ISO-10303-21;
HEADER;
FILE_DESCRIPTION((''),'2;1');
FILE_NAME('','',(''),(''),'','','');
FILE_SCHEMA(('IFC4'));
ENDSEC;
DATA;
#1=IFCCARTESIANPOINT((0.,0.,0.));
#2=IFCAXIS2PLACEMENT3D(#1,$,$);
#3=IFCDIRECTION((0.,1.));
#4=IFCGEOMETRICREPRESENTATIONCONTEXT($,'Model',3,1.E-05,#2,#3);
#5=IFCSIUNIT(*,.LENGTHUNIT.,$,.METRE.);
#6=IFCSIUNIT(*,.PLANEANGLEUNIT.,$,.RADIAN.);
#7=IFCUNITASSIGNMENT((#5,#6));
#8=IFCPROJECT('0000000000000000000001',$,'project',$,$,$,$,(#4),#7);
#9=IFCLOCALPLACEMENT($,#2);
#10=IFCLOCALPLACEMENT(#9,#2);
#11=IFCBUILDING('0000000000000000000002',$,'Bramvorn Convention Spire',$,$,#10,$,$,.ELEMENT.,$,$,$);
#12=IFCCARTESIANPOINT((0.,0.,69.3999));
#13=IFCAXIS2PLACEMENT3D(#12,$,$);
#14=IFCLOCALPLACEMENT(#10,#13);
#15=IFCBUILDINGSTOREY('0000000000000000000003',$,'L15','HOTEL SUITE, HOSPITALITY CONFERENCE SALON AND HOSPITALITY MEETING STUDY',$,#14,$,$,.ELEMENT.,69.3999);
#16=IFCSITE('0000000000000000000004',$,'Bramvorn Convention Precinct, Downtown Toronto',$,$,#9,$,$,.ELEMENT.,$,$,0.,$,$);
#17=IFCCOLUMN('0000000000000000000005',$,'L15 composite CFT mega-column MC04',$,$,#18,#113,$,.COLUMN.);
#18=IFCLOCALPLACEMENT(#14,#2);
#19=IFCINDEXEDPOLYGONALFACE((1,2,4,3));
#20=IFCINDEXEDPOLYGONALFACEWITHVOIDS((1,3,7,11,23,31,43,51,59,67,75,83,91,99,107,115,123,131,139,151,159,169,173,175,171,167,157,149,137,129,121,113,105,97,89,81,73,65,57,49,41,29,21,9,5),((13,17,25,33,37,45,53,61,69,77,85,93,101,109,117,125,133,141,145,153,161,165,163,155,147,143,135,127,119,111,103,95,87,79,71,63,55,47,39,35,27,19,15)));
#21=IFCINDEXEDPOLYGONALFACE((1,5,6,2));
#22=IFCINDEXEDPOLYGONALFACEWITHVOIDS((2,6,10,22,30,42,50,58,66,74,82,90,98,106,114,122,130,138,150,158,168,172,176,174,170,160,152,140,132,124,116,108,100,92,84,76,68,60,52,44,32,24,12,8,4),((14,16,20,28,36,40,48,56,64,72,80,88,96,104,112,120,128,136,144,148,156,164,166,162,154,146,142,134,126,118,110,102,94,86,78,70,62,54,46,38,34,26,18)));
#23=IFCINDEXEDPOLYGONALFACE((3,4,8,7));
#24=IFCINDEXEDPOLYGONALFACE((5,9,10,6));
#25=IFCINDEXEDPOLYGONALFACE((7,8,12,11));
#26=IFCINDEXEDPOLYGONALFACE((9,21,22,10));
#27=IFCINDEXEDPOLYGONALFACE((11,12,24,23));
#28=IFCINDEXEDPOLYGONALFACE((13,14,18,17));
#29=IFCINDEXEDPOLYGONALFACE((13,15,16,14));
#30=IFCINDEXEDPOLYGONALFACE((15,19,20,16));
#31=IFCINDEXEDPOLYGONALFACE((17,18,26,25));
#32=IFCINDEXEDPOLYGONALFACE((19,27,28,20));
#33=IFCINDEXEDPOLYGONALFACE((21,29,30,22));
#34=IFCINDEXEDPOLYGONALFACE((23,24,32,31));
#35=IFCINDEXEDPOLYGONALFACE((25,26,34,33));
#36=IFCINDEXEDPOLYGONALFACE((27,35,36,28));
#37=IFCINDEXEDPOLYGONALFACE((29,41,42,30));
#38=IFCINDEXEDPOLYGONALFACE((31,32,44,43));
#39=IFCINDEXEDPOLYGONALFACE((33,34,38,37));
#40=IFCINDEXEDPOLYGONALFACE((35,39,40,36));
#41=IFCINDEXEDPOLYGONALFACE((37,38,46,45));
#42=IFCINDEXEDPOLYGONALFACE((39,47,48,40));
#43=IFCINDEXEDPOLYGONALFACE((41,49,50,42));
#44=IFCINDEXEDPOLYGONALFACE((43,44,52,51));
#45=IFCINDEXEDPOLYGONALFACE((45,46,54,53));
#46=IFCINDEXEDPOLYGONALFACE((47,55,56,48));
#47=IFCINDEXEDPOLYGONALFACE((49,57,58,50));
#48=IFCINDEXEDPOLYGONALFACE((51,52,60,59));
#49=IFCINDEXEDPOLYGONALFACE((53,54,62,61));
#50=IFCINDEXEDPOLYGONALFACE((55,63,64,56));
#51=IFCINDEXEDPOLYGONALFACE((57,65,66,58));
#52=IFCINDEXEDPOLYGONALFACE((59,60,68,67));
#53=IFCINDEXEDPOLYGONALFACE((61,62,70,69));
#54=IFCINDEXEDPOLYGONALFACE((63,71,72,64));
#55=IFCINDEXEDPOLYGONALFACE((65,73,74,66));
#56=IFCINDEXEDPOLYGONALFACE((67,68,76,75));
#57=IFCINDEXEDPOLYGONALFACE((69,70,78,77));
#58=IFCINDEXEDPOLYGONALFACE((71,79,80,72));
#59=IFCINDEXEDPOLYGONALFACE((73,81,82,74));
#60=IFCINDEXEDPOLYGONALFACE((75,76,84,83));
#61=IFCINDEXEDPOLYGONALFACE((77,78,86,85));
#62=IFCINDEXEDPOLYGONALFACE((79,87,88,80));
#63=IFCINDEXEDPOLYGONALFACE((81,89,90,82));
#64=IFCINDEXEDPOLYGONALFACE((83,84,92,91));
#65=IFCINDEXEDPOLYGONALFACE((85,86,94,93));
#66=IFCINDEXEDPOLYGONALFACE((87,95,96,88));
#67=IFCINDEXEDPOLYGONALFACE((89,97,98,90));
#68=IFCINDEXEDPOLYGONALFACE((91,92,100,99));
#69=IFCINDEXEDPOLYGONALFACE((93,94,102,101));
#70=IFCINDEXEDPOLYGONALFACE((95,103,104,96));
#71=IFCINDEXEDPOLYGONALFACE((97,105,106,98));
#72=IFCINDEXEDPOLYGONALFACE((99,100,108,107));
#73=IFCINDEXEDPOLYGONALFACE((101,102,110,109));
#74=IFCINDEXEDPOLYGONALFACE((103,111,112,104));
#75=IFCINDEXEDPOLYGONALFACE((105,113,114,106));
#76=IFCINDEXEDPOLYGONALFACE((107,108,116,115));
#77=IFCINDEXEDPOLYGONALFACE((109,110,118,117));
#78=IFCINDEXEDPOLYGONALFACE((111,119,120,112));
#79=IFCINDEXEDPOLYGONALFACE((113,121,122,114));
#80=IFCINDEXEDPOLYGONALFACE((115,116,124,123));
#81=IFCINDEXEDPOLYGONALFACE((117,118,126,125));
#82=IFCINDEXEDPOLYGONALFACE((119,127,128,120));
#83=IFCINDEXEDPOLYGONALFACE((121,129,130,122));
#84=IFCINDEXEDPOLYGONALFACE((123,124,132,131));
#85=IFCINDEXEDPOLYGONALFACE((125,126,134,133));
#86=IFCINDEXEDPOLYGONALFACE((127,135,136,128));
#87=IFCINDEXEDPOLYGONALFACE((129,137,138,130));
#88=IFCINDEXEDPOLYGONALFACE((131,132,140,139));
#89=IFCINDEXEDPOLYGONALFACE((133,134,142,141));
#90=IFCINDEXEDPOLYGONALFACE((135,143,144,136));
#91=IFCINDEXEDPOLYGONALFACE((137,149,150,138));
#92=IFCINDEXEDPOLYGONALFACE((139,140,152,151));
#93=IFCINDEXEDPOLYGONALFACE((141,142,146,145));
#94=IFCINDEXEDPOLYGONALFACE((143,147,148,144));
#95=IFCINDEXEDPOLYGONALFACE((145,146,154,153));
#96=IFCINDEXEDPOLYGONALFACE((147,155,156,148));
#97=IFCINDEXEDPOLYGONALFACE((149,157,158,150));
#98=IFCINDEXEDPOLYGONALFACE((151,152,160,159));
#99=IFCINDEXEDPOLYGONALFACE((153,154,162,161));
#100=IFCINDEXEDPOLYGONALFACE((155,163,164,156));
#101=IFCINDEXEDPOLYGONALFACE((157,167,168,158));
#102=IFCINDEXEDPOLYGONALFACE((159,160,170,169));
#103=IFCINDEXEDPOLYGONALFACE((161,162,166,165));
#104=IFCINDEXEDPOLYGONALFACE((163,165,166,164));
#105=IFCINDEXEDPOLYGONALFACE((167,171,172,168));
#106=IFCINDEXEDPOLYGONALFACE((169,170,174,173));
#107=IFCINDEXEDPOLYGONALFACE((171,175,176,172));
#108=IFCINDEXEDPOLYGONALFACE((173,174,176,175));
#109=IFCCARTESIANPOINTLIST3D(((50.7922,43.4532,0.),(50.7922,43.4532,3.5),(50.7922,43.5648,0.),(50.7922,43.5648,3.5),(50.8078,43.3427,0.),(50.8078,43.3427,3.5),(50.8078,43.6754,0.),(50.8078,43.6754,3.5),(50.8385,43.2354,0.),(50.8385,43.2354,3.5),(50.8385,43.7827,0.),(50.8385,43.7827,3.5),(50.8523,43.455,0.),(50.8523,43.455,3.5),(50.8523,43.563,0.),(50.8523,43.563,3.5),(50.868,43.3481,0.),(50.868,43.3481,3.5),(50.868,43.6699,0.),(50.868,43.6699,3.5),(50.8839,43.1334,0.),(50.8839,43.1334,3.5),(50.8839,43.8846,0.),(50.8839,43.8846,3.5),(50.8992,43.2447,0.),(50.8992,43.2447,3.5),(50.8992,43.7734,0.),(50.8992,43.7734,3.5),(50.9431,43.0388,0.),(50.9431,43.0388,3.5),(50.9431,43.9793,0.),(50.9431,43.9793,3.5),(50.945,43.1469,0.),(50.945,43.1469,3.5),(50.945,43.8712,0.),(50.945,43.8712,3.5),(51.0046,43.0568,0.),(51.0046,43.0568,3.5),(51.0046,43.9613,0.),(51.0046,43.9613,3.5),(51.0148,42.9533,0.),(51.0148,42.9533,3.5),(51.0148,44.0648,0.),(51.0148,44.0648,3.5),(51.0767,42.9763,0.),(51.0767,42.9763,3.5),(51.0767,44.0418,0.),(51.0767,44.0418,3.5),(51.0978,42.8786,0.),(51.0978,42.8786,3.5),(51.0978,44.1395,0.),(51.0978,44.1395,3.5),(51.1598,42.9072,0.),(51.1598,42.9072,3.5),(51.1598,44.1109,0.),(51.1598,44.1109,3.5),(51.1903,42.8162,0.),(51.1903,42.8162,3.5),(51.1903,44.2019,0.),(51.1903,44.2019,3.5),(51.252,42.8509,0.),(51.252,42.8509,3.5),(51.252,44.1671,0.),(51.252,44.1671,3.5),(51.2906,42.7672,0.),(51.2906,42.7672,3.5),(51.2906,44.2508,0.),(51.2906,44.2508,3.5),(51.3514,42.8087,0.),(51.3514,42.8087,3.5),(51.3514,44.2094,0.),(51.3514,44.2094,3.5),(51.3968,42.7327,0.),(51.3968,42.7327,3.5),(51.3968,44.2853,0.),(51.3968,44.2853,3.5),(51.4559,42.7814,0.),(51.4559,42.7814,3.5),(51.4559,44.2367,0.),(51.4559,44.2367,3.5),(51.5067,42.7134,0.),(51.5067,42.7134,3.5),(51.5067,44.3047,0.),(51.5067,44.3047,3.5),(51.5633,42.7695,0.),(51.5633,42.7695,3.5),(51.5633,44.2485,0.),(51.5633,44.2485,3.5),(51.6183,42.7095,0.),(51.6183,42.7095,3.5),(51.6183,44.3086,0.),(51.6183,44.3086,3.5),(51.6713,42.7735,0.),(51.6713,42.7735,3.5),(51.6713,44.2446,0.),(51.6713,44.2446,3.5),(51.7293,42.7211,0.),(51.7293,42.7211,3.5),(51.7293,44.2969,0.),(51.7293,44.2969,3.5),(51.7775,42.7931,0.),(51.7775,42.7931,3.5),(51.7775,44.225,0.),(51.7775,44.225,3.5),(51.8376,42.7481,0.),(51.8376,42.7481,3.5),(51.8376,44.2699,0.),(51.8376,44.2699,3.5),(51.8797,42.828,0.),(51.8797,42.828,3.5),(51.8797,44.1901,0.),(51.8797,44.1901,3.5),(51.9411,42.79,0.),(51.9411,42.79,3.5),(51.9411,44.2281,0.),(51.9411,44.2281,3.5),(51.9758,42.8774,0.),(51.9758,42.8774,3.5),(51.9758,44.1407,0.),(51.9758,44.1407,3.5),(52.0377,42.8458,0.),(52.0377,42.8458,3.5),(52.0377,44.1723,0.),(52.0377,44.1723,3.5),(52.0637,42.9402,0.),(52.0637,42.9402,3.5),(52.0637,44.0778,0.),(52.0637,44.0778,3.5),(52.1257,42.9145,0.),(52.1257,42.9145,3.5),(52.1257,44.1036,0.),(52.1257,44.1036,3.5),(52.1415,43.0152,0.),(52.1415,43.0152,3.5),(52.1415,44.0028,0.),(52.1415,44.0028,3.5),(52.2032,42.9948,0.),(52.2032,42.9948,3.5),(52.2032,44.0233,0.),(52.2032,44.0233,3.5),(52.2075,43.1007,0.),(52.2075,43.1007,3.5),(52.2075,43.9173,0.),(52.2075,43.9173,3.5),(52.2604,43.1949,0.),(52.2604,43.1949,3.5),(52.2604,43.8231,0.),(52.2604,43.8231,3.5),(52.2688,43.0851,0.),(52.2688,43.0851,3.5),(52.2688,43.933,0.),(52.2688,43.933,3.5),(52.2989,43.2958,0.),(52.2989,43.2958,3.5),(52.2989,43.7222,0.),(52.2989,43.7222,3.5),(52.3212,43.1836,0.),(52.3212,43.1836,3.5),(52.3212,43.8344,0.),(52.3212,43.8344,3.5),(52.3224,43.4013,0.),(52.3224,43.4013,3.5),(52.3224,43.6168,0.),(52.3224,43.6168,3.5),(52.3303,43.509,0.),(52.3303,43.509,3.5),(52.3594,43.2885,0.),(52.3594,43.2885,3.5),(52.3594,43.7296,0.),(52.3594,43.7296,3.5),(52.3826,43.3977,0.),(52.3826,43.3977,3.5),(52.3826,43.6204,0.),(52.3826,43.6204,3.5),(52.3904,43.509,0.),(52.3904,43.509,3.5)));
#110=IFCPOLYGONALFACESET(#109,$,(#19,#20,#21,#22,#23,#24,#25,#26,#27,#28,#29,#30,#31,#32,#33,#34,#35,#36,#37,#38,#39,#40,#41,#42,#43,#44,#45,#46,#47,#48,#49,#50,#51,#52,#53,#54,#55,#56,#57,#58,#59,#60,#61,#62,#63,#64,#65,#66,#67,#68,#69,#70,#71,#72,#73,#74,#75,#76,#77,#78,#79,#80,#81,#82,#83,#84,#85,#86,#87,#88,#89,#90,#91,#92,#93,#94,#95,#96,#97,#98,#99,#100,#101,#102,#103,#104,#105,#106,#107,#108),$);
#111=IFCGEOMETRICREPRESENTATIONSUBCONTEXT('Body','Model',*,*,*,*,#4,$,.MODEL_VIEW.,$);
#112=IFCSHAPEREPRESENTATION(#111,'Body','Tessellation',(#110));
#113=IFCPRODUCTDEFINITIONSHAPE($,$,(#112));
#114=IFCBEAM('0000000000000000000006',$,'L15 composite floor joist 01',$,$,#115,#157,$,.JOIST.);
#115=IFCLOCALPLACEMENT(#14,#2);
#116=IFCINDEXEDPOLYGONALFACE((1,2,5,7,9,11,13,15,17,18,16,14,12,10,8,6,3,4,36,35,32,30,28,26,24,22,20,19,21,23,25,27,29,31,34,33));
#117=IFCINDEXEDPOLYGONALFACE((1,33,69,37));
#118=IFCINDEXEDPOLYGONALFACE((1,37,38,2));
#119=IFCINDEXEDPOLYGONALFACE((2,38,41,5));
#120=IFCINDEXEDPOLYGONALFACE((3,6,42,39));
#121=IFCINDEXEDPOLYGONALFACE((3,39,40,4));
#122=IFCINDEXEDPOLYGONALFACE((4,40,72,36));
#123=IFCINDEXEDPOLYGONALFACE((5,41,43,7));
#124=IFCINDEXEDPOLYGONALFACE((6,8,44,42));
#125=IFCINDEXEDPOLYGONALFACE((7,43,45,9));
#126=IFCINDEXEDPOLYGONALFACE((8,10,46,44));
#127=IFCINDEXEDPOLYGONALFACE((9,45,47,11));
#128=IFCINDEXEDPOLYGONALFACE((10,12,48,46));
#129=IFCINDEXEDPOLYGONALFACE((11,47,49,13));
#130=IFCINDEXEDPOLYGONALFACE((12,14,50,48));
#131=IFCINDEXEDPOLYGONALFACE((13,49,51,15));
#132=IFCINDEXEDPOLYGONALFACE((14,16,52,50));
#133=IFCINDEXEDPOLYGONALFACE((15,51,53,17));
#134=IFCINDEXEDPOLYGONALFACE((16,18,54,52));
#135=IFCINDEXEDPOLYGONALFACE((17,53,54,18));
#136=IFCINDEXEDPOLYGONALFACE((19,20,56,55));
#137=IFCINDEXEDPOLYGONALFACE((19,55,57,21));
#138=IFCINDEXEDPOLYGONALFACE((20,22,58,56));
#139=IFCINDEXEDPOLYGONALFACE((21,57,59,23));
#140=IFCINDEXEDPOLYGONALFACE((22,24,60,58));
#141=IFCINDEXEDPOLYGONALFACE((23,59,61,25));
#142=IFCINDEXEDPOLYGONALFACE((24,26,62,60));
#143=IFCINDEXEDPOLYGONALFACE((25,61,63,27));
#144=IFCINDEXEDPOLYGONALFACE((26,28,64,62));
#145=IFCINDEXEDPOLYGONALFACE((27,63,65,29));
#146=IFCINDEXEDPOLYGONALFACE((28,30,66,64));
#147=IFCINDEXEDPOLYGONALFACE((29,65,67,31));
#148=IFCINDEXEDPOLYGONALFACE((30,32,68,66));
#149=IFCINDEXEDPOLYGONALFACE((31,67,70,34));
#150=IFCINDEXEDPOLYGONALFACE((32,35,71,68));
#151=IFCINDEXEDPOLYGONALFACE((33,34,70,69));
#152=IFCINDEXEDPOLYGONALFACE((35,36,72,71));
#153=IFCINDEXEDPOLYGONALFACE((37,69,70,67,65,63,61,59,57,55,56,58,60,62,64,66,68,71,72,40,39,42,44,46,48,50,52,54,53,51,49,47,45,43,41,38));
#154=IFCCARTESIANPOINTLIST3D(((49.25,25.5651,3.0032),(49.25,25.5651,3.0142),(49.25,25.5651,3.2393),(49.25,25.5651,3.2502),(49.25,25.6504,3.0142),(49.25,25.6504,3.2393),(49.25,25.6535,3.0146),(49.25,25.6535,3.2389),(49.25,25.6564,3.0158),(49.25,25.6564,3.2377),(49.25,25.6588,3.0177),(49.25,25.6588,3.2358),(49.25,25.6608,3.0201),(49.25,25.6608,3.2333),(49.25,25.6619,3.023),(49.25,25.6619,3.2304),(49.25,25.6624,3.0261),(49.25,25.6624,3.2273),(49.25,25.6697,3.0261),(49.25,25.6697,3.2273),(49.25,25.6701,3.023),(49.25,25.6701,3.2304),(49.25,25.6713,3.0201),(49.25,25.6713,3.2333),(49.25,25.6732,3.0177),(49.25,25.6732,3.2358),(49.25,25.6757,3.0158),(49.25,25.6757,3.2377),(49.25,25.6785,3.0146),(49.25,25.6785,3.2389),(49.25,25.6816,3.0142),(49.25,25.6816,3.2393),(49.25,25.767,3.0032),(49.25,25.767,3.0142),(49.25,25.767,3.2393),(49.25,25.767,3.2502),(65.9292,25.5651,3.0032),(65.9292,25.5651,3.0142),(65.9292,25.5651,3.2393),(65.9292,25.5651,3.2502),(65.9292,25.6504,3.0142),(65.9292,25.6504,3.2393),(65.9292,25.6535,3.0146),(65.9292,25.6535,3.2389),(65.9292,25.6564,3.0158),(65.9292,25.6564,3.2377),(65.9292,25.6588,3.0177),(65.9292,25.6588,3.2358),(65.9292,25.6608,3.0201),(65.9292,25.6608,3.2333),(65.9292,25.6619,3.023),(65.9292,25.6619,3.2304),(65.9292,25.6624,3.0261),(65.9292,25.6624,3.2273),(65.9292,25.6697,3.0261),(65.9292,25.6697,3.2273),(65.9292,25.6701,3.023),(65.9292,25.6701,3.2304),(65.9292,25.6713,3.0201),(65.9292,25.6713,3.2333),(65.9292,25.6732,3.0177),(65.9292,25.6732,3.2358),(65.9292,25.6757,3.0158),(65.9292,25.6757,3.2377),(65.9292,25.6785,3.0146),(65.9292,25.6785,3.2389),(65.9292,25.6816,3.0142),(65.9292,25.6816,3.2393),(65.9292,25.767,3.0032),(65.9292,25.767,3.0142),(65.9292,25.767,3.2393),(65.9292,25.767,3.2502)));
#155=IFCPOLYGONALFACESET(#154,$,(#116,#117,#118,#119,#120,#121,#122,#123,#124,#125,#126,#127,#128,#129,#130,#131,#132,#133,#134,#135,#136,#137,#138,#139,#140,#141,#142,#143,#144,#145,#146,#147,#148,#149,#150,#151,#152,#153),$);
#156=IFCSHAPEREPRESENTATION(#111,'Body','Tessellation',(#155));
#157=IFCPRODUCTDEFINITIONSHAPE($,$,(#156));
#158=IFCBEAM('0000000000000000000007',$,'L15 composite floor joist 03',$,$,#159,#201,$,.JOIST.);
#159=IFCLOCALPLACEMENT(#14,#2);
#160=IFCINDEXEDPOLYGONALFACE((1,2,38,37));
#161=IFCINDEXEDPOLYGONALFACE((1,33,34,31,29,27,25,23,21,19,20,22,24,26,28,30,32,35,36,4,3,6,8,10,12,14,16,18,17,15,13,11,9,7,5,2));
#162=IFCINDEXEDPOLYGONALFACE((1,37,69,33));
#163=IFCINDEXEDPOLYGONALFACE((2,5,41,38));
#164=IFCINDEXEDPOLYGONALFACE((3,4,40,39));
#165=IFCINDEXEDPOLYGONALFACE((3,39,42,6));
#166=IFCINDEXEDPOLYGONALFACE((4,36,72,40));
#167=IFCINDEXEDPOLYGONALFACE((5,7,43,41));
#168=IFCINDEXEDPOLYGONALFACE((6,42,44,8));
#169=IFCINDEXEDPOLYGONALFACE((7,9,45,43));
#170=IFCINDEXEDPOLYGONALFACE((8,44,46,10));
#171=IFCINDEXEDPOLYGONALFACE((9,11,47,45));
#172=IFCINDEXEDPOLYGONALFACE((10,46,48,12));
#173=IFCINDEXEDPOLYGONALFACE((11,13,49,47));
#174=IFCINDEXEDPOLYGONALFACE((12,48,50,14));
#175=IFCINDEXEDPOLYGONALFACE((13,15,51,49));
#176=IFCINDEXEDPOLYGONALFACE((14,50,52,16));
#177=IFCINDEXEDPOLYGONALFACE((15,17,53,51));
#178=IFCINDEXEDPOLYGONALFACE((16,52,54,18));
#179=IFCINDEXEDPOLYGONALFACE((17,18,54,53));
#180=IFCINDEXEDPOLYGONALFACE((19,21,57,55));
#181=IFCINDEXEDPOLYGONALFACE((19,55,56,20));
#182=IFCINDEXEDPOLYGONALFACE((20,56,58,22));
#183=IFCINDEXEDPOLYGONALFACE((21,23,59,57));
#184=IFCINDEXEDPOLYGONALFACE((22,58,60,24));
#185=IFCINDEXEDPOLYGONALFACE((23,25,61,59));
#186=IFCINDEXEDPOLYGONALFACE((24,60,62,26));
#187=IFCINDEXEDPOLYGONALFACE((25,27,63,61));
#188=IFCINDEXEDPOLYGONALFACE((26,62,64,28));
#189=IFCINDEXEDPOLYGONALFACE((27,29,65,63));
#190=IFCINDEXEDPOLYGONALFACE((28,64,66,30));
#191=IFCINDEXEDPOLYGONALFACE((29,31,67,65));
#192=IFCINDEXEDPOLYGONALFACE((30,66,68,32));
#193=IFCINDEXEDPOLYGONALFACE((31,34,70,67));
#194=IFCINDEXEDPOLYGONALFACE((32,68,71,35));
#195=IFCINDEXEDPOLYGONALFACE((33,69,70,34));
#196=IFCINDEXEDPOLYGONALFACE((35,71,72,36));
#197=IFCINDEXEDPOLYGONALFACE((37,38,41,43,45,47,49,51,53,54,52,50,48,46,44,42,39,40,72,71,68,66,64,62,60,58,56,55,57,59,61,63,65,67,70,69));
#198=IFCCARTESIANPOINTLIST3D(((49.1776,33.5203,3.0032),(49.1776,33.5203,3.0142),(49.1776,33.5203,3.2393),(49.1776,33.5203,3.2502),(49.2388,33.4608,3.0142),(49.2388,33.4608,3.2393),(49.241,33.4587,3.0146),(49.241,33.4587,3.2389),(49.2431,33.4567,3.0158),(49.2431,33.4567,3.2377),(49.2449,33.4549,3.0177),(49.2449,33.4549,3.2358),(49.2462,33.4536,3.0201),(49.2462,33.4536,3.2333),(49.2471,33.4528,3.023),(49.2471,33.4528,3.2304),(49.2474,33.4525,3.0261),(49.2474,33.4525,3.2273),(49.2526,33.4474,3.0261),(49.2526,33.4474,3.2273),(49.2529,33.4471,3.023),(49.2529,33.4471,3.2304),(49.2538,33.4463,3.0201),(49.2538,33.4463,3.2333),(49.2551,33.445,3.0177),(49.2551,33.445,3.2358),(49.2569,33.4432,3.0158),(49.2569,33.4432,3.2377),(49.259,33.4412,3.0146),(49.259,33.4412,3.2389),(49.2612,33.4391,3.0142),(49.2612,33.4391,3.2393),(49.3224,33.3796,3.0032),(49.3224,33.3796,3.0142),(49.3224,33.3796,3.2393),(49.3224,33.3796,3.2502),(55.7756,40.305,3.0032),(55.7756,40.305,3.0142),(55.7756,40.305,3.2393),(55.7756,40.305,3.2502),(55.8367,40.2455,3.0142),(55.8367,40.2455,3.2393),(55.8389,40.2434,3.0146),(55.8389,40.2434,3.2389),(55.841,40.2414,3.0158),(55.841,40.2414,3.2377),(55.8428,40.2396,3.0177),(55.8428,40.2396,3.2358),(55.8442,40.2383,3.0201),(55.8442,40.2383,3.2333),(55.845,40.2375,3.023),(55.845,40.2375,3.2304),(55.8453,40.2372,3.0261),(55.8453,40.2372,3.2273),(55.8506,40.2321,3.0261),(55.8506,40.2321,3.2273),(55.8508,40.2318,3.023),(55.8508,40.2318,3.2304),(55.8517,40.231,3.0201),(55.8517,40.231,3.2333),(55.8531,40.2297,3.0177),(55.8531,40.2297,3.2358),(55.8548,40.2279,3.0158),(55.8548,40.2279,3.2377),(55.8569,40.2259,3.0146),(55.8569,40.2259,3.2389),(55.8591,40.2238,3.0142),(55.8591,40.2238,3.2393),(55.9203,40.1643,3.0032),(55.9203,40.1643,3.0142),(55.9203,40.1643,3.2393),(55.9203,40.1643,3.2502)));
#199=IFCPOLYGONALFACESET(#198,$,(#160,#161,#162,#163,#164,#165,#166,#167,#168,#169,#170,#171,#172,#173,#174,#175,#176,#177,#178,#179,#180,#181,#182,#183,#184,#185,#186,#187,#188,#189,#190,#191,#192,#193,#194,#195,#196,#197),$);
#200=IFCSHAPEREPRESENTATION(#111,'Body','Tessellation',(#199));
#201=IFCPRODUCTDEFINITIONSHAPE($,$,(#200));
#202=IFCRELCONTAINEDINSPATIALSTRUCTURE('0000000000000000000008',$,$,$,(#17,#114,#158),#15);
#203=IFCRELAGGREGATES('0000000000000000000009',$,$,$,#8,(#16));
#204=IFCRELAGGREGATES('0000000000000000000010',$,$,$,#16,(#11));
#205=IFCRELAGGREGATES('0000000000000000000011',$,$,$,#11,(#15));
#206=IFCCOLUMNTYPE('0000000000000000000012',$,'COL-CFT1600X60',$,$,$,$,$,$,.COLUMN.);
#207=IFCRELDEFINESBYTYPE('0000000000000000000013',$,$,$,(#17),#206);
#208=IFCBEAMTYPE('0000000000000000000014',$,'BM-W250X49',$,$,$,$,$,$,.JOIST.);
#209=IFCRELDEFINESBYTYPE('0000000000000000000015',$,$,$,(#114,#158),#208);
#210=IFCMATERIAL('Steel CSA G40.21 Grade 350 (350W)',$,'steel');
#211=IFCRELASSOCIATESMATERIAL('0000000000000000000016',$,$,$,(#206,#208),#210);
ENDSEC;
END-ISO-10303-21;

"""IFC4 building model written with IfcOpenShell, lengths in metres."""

from ifc_helpers import new_model, si_unit, direction, frame, origin, origin_2d, place, context, subcontext, project, spatial, hollow_circle, i_section, extrude, material, material_profile, profile_set, type_object, element, save


model = new_model("IFC4")

# Units and contexts
model_context = context("Model", 3, precision=1e-05, world=origin(), true_north=direction((0.0, 1.0)))
body_context = subcontext(model_context, "Body", "Model", "MODEL_VIEW")
ifc_project = project(units=[si_unit("LENGTHUNIT", "METRE"), si_unit("PLANEANGLEUNIT", "RADIAN")], contexts=[model_context])

# Site, building, storey
site_placement = place(None, origin())
site = spatial("IfcSite", under=ifc_project, at=site_placement, Name="Bramvorn Convention Precinct, Downtown Toronto", CompositionType="ELEMENT", RefElevation=0.0)
building_placement = place(site_placement, origin())
building = spatial("IfcBuilding", under=site, at=building_placement, Name="Bramvorn Convention Spire", CompositionType="ELEMENT")
storey_placement = place(building_placement, frame((0.0, 0.0, 69.3999)))
storey = spatial("IfcBuildingStorey", under=building, at=storey_placement, Name="L15", Description="HOTEL SUITE, HOSPITALITY CONFERENCE SALON AND HOSPITALITY MEETING STUDY", CompositionType="ELEMENT", Elevation=69.3999)

# Column
ifc_material_1 = material(Name="Steel CSA G40.21 Grade 350 (350W)", Category="steel")
ifc_material_profile_1 = material_profile(ifc_material_1, hollow_circle(Radius=0.8, WallThickness=0.0601, at=origin_2d()))
ifc_profile_set_1 = profile_set([ifc_material_profile_1], Name="Steel CSA G40.21 Grade 350 (350W) - CFT1600X60")
column_type = type_object("IfcColumnType", Name="COL-CFT1600X60", PredefinedType="COLUMN", material=ifc_profile_set_1)
for number, where, z_axis, x_axis, name in (
    (1, (51.5903, 43.509, 0.0), (0.0, 0.0, 1.0), (1.0, 0.0, 0.0), "L15 composite CFT mega-column MC04"),
):
    element("IfcColumn", number, at=place(storey_placement, frame(where, z_axis=z_axis, x_axis=x_axis)), inside=storey, type_object=column_type, Name=name, PredefinedType="COLUMN", context=body_context, shape_type="SweptSolid", body=[
        extrude(hollow_circle(Radius=0.8, WallThickness=0.0601, at=origin_2d()), origin(), (0.0, 0.0, 1.0), 3.5),
    ])

# Beams
ifc_material_profile_2 = material_profile(ifc_material_1, i_section(OverallWidth=0.2019, OverallDepth=0.2471, WebThickness=0.0073, FlangeThickness=0.011, FilletRadius=0.012, at=origin_2d()))
ifc_profile_set_2 = profile_set([ifc_material_profile_2], Name="Steel CSA G40.21 Grade 350 (350W) - W250X49")
beam_type_1 = type_object("IfcBeamType", Name="BM-W250X49", PredefinedType="JOIST", material=ifc_profile_set_2)
beam_1_placement = place(storey_placement, frame((49.25, 25.666, 3.1267), z_axis=(1.0, 0.0, 0.0), x_axis=(0.0, 1.0, 0.0)))
element("IfcBeam", 2, at=beam_1_placement, inside=storey, type_object=beam_type_1, Name="L15 composite floor joist 01", PredefinedType="JOIST", context=body_context, shape_type="SweptSolid", body=[
    extrude(i_section(OverallWidth=0.2019, OverallDepth=0.2471, WebThickness=0.0073, FlangeThickness=0.011, FilletRadius=0.012, at=origin_2d()), origin(), (0.0, 0.0, 1.0), 16.6792),
])
beam_2_placement = place(storey_placement, frame((49.25, 33.45, 3.1267), z_axis=(0.69717, 0.716905, 0.0), x_axis=(-0.716905, 0.69717, 0.0)))
element("IfcBeam", 3, at=beam_2_placement, inside=storey, type_object=beam_type_1, Name="L15 composite floor joist 03", PredefinedType="JOIST", context=body_context, shape_type="SweptSolid", body=[
    extrude(i_section(OverallWidth=0.2019, OverallDepth=0.2471, WebThickness=0.0073, FlangeThickness=0.011, FilletRadius=0.012, at=origin_2d()), origin(), (0.0, 0.0, 1.0), 9.4639),
])

save(model, "model.ifc")
